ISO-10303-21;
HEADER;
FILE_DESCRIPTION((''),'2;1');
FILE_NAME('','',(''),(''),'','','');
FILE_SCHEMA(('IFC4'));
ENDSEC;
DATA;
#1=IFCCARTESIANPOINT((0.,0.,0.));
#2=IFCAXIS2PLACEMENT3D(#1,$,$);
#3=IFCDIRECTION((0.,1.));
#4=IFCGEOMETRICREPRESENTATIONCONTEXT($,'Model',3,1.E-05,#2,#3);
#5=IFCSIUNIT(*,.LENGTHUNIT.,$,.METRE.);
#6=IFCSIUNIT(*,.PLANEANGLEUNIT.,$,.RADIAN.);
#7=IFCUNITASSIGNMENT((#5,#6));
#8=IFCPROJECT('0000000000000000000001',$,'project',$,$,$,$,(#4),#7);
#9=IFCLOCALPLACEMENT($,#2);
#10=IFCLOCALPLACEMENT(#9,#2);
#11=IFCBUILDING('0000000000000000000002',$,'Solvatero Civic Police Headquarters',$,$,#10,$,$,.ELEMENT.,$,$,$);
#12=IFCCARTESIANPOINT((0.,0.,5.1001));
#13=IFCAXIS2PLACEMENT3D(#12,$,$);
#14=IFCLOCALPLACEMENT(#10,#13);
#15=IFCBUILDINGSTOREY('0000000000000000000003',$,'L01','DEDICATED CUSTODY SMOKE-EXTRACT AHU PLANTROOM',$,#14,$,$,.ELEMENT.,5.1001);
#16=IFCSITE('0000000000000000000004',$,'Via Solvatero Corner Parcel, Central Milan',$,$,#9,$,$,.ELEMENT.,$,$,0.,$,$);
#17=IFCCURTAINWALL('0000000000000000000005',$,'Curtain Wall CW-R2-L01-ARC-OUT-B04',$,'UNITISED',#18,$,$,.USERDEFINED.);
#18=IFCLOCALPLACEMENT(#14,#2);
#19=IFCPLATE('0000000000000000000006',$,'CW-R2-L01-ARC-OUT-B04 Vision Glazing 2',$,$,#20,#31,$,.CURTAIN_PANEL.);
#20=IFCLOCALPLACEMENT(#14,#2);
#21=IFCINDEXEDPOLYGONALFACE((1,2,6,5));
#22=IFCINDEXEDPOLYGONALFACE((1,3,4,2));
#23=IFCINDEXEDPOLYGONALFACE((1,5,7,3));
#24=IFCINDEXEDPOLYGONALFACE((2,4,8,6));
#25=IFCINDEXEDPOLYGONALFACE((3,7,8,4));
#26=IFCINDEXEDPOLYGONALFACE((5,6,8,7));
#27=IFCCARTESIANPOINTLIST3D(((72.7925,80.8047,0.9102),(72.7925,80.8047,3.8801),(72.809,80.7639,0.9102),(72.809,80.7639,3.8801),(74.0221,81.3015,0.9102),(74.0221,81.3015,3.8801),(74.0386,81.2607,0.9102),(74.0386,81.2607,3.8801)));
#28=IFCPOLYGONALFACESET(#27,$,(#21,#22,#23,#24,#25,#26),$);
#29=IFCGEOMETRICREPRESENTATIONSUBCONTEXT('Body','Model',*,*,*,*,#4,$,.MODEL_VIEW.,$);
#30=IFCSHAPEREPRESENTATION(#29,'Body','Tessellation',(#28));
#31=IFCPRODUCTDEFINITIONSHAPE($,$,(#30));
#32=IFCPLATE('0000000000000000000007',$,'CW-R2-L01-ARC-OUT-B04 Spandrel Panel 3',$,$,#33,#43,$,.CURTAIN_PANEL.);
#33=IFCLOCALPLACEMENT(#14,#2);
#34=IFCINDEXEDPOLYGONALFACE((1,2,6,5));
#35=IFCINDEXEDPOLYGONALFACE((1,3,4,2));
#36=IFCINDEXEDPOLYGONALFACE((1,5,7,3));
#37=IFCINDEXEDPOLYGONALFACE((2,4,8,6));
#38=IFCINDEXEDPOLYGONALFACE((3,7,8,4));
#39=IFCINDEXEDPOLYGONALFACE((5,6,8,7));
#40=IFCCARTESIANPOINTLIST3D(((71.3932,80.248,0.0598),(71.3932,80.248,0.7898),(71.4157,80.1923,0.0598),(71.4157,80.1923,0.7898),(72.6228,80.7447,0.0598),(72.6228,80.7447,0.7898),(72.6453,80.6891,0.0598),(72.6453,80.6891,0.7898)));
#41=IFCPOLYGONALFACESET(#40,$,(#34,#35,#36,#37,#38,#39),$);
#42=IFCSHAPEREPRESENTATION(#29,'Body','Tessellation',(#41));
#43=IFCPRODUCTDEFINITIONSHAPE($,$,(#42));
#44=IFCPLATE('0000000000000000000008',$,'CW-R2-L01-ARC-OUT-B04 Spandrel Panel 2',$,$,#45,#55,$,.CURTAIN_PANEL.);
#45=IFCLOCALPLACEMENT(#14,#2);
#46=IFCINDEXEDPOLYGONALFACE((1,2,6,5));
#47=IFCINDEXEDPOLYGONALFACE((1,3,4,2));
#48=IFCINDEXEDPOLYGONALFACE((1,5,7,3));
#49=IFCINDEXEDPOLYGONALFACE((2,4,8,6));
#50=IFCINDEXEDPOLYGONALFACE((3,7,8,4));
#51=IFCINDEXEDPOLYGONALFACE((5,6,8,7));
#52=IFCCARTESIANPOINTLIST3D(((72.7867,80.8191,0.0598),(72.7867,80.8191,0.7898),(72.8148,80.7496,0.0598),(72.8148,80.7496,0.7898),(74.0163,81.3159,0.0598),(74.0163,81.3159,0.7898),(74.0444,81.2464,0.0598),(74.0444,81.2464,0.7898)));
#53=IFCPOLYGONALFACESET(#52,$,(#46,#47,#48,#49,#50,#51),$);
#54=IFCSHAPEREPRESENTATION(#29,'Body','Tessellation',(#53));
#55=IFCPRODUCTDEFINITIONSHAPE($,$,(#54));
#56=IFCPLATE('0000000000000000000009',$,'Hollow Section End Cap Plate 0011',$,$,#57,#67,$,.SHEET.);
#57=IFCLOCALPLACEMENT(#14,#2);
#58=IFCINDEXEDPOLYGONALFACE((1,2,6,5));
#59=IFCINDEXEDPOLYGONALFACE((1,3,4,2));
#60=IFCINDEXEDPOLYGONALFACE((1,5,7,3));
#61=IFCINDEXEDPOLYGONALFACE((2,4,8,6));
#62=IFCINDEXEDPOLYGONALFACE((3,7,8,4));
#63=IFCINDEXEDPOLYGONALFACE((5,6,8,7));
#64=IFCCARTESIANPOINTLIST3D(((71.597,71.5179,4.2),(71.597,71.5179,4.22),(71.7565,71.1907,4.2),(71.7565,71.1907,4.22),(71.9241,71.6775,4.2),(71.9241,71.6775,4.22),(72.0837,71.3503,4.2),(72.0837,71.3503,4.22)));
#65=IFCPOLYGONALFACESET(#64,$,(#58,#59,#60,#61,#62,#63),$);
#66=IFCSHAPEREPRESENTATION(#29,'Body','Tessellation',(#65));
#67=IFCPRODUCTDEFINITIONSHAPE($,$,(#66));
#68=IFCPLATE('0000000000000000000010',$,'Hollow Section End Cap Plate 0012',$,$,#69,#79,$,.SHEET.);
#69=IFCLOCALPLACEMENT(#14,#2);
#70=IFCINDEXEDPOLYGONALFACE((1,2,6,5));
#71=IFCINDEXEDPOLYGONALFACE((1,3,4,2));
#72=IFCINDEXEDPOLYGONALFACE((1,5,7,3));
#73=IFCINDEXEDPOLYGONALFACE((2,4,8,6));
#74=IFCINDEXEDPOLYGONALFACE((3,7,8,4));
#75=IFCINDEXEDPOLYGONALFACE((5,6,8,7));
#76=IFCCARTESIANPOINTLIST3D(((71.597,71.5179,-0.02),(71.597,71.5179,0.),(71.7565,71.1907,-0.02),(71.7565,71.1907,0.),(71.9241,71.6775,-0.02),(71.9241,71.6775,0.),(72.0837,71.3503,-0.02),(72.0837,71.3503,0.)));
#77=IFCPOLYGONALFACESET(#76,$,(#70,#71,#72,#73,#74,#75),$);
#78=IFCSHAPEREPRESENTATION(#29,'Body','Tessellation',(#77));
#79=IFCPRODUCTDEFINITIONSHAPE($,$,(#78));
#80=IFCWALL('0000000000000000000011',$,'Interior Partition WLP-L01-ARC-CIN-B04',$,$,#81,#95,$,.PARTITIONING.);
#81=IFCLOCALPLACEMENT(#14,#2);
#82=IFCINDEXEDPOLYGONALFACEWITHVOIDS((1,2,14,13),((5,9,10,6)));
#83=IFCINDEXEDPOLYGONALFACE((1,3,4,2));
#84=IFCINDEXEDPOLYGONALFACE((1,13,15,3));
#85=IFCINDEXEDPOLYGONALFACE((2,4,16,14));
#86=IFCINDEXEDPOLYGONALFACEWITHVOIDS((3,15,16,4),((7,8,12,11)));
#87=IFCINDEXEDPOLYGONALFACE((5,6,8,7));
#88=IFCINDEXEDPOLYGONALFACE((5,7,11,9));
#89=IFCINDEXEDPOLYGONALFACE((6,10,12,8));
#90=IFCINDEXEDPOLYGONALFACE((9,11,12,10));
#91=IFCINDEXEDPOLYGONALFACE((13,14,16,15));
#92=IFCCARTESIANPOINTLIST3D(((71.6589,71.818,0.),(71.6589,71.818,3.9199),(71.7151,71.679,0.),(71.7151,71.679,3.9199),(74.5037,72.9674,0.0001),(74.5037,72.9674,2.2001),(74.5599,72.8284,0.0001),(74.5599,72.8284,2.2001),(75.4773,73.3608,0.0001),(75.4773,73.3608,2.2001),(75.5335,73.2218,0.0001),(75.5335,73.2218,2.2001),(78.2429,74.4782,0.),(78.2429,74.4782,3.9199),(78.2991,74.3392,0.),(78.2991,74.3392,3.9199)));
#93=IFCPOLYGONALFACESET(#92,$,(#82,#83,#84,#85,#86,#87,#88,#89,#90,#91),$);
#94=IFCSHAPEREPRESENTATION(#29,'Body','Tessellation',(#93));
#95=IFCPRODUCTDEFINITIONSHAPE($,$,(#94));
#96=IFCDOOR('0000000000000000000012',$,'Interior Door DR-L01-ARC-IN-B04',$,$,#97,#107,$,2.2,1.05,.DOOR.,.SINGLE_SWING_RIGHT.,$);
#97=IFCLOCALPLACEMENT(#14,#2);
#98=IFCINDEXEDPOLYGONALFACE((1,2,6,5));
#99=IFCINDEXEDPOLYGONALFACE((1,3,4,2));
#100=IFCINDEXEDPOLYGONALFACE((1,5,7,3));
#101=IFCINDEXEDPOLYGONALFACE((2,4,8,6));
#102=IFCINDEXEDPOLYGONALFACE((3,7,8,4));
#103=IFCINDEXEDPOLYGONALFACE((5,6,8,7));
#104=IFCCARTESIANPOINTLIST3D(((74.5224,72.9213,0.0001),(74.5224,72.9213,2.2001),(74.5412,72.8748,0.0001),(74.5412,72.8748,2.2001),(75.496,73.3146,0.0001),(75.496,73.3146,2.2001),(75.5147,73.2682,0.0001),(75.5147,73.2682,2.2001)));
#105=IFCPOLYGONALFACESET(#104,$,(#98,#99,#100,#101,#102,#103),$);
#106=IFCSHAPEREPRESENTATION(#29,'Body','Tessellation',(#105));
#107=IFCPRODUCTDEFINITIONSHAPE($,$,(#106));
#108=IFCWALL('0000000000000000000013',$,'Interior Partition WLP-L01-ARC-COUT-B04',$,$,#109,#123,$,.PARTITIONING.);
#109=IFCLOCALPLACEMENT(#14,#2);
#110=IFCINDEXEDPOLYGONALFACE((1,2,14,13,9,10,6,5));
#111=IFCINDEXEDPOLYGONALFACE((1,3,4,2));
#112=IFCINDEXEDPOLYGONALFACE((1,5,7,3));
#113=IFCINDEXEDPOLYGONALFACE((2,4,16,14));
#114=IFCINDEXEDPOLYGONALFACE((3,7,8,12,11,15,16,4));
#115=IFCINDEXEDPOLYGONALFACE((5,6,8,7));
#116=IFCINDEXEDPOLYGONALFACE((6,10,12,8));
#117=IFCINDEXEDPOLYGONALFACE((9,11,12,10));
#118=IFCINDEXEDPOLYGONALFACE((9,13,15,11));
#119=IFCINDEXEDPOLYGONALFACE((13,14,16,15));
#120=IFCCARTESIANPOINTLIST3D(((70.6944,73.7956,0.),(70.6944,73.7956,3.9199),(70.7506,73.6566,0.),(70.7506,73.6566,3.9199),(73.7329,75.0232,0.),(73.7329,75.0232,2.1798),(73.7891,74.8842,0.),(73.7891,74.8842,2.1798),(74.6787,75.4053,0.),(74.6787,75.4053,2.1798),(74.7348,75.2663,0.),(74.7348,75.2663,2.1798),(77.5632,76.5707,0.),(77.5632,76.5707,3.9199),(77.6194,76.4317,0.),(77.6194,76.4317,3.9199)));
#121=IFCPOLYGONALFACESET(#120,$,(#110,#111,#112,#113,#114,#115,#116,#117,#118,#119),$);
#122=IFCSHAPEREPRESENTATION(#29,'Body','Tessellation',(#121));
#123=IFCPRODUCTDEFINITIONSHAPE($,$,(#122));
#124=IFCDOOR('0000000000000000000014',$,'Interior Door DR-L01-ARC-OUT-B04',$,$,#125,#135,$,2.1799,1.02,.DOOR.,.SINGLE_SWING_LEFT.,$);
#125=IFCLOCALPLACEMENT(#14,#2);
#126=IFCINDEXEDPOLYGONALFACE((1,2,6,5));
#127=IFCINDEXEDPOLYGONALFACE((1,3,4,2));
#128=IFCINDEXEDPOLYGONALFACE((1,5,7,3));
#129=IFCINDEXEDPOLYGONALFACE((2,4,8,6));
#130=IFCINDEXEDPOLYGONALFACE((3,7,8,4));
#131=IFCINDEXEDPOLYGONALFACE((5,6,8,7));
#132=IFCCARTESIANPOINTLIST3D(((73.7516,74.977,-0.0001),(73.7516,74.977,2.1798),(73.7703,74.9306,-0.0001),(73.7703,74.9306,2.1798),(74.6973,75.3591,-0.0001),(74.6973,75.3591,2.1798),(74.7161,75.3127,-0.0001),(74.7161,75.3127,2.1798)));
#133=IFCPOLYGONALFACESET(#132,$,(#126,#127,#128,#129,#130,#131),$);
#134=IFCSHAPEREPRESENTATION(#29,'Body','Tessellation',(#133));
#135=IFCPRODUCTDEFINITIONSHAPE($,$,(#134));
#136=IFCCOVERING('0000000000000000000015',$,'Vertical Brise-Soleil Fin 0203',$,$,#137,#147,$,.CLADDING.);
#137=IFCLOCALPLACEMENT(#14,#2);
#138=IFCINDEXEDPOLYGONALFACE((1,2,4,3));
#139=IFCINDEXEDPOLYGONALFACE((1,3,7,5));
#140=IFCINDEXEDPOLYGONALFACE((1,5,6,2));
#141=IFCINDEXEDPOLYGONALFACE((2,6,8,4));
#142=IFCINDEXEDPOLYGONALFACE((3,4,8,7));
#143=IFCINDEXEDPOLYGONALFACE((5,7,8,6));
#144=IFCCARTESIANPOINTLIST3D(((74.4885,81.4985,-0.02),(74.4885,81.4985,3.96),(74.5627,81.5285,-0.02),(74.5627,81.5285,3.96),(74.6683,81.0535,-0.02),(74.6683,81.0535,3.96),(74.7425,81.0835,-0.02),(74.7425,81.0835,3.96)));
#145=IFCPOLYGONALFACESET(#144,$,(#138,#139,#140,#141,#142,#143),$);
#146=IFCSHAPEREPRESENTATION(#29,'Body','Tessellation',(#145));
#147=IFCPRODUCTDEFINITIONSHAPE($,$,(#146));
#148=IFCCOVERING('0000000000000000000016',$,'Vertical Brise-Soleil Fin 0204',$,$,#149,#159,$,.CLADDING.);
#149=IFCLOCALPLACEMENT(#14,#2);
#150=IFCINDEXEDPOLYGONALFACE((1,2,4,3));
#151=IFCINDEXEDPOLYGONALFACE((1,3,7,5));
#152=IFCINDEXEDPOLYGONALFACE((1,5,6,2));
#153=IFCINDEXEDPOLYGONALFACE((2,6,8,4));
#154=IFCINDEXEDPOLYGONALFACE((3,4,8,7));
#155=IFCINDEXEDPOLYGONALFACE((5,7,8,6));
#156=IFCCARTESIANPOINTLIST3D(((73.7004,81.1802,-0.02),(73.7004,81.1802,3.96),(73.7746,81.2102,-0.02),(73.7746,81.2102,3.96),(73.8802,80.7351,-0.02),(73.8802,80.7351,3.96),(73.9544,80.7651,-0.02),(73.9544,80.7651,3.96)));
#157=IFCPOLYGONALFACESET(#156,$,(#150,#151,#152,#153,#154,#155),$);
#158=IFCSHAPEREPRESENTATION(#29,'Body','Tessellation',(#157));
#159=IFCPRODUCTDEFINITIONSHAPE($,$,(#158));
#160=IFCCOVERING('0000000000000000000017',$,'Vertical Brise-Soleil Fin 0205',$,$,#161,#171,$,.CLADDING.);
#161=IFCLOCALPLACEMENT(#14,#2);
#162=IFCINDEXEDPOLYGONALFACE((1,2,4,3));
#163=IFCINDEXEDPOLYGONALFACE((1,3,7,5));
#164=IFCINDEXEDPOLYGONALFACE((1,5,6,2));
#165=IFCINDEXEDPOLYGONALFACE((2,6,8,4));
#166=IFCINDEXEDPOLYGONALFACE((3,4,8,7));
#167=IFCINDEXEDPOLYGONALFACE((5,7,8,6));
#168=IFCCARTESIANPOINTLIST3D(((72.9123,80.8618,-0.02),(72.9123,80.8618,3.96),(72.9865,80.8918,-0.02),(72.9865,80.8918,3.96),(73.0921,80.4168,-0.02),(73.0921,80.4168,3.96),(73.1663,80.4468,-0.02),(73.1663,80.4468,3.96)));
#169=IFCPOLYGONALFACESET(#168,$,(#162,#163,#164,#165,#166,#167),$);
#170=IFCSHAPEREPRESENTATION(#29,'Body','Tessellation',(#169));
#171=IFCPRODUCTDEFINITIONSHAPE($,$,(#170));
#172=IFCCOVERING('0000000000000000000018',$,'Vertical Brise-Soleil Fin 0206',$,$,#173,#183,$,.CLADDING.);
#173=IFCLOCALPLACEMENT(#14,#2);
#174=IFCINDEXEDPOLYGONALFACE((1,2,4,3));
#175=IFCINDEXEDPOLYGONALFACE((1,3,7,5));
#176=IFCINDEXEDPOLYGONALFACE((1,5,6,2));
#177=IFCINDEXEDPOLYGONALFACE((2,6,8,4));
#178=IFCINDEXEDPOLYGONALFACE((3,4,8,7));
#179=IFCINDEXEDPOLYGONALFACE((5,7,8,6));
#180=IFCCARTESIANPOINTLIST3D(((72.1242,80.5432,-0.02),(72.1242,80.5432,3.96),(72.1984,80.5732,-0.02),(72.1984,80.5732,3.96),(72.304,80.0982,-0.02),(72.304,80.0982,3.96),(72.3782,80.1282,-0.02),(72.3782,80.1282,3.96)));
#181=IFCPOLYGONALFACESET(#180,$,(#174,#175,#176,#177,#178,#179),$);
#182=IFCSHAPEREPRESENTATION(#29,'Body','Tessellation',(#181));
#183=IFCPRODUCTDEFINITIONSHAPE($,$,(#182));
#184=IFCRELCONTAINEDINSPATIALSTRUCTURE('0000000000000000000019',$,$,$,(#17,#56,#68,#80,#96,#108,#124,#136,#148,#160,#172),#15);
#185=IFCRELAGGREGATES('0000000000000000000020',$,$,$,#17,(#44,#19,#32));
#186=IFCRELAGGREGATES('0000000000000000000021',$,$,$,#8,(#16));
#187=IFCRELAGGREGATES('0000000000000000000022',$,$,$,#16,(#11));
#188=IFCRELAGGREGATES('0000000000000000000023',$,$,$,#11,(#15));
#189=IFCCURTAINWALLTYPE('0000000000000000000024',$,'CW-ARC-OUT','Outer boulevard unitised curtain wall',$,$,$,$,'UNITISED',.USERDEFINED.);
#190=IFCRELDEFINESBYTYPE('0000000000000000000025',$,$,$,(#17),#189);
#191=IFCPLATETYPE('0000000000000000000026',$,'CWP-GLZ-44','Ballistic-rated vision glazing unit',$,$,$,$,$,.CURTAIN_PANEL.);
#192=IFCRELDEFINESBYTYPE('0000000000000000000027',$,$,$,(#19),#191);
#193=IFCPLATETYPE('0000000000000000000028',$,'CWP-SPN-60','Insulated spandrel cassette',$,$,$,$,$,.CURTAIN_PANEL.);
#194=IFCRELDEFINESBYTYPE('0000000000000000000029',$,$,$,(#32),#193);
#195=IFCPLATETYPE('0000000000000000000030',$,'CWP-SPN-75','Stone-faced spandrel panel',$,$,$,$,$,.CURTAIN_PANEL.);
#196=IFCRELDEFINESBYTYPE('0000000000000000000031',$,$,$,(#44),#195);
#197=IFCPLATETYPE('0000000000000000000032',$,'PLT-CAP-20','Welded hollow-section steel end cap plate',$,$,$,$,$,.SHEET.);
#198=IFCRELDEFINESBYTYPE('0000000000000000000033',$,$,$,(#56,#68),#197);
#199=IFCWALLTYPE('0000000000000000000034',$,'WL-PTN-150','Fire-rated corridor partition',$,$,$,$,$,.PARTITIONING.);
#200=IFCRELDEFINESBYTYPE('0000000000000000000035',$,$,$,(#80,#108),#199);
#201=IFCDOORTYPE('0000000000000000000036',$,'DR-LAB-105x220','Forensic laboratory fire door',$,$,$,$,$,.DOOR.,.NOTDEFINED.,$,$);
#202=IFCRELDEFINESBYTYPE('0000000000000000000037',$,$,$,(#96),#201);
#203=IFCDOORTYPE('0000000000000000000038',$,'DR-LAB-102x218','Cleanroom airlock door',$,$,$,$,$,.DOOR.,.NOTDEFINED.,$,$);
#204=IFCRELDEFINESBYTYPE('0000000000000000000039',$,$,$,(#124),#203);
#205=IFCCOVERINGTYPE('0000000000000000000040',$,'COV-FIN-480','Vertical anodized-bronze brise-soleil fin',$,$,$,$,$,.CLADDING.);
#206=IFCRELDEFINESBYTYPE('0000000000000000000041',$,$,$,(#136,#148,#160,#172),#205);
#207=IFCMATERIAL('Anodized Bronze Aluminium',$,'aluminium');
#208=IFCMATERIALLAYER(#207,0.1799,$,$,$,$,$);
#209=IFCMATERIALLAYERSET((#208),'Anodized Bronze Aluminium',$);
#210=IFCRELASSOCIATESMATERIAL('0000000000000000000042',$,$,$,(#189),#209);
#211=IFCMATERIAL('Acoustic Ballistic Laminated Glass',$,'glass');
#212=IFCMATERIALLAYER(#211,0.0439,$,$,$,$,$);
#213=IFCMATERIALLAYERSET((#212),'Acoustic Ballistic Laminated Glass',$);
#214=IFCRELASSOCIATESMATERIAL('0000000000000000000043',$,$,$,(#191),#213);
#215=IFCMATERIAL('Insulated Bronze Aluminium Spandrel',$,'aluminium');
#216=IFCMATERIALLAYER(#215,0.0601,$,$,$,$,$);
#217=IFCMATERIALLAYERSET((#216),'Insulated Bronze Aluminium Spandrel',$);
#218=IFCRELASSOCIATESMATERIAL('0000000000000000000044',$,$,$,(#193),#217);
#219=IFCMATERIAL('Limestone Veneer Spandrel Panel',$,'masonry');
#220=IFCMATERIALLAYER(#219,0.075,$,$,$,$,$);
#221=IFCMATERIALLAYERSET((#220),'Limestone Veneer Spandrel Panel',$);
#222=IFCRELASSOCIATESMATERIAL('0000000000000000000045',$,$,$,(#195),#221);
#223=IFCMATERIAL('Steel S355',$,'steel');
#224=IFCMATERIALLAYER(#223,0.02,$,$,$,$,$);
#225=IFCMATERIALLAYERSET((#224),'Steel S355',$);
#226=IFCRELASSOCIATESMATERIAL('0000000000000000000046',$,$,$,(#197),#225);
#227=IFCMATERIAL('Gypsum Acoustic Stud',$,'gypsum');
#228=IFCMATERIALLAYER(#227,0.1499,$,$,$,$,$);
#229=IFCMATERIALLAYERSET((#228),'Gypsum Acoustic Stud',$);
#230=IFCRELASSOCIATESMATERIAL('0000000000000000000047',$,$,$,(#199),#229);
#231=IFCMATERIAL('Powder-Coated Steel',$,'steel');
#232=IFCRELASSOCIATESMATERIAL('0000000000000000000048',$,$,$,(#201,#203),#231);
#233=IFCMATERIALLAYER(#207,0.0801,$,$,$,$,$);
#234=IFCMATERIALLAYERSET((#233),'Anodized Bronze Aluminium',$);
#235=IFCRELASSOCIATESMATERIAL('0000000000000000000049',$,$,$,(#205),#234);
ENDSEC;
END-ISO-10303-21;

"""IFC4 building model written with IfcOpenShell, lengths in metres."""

from ifc_helpers import new_model, si_unit, direction, frame, frame_2d, origin, origin_2d, place, context, subcontext, project, spatial, rectangle, extrude, material, layer, layer_set, type_object, element, fill, aggregate, save


model = new_model("IFC4")

# Units and contexts
model_context = context("Model", 3, precision=1e-05, world=origin(), true_north=direction((0.0, 1.0)))
body_context = subcontext(model_context, "Body", "Model", "MODEL_VIEW")
ifc_project = project(units=[si_unit("LENGTHUNIT", "METRE"), si_unit("PLANEANGLEUNIT", "RADIAN")], contexts=[model_context])

# Site, building, storey
site_placement = place(None, origin())
site = spatial("IfcSite", under=ifc_project, at=site_placement, Name="Via Solvatero Corner Parcel, Central Milan", CompositionType="ELEMENT", RefElevation=0.0)
building_placement = place(site_placement, origin())
building = spatial("IfcBuilding", under=site, at=building_placement, Name="Solvatero Civic Police Headquarters", CompositionType="ELEMENT")
storey_placement = place(building_placement, frame((0.0, 0.0, 5.1001)))
storey = spatial("IfcBuildingStorey", under=building, at=storey_placement, Name="L01", Description="DEDICATED CUSTODY SMOKE-EXTRACT AHU PLANTROOM", CompositionType="ELEMENT", Elevation=5.1001)

# Shared definitions
ifc_material_1 = material(Name="Steel S355", Category="steel")

# Curtain wall, plates
ifc_material_2 = material(Name="Anodized Bronze Aluminium", Category="aluminium")
ifc_layer_1 = layer(ifc_material_2, 0.1799)
ifc_layer_set_1 = layer_set([ifc_layer_1], Name="Anodized Bronze Aluminium")
curtain_wall_type = type_object("IfcCurtainWallType", Name="CW-ARC-OUT", Description="Outer boulevard unitised curtain wall", ElementType="UNITISED", PredefinedType="USERDEFINED", material=ifc_layer_set_1)
curtain_wall_placement = place(storey_placement, origin())
curtain_wall = element("IfcCurtainWall", 1, at=curtain_wall_placement, inside=storey, type_object=curtain_wall_type, Name="Curtain Wall CW-R2-L01-ARC-OUT-B04", ObjectType="UNITISED", PredefinedType="USERDEFINED")
ifc_material_3 = material(Name="Acoustic Ballistic Laminated Glass", Category="glass")
ifc_layer_2 = layer(ifc_material_3, 0.0439)
ifc_layer_set_2 = layer_set([ifc_layer_2], Name="Acoustic Ballistic Laminated Glass")
plate_type_1 = type_object("IfcPlateType", Name="CWP-GLZ-44", Description="Ballistic-rated vision glazing unit", PredefinedType="CURTAIN_PANEL", material=ifc_layer_set_2)
plate_1_placement = place(storey_placement, frame((73.4155, 81.0327, 0.9102), z_axis=(0.0, 0.0, 1.0), x_axis=(-0.927184, -0.374607, 0.0)))
plate_1 = element("IfcPlate", 2, at=plate_1_placement, type_object=plate_type_1, Name="CW-R2-L01-ARC-OUT-B04 Vision Glazing 2", PredefinedType="CURTAIN_PANEL", context=body_context, shape_type="SweptSolid", body=[
    extrude(rectangle(XDim=1.3262, YDim=0.0439, at=origin_2d()), origin(), (0.0, 0.0, 1.0), 2.97),
])
ifc_material_4 = material(Name="Insulated Bronze Aluminium Spandrel", Category="aluminium")
ifc_layer_3 = layer(ifc_material_4, 0.0601)
ifc_layer_set_3 = layer_set([ifc_layer_3], Name="Insulated Bronze Aluminium Spandrel")
plate_type_2 = type_object("IfcPlateType", Name="CWP-SPN-60", Description="Insulated spandrel cassette", PredefinedType="CURTAIN_PANEL", material=ifc_layer_set_3)
plate_2_placement = place(storey_placement, frame((72.0193, 80.4685, 0.0598), z_axis=(0.0, 0.0, 1.0), x_axis=(-0.927184, -0.374607, 0.0)))
plate_2 = element("IfcPlate", 3, at=plate_2_placement, type_object=plate_type_2, Name="CW-R2-L01-ARC-OUT-B04 Spandrel Panel 3", PredefinedType="CURTAIN_PANEL", context=body_context, shape_type="SweptSolid", body=[
    extrude(rectangle(XDim=1.3262, YDim=0.0601, at=origin_2d()), origin(), (0.0, 0.0, 1.0), 0.73),
])
ifc_material_5 = material(Name="Limestone Veneer Spandrel Panel", Category="masonry")
ifc_layer_4 = layer(ifc_material_5, 0.075)
ifc_layer_set_4 = layer_set([ifc_layer_4], Name="Limestone Veneer Spandrel Panel")
plate_type_3 = type_object("IfcPlateType", Name="CWP-SPN-75", Description="Stone-faced spandrel panel", PredefinedType="CURTAIN_PANEL", material=ifc_layer_set_4)
plate_3_placement = place(storey_placement, frame((73.4155, 81.0327, 0.0598), z_axis=(0.0, 0.0, 1.0), x_axis=(-0.927184, -0.374607, 0.0)))
plate_3 = element("IfcPlate", 4, at=plate_3_placement, type_object=plate_type_3, Name="CW-R2-L01-ARC-OUT-B04 Spandrel Panel 2", PredefinedType="CURTAIN_PANEL", context=body_context, shape_type="SweptSolid", body=[
    extrude(rectangle(XDim=1.3262, YDim=0.075, at=origin_2d()), origin(), (0.0, 0.0, 1.0), 0.73),
])
aggregate(curtain_wall, [plate_3, plate_1, plate_2])

# Plates
ifc_layer_5 = layer(ifc_material_1, 0.02)
ifc_layer_set_5 = layer_set([ifc_layer_5], Name="Steel S355")
plate_type_4 = type_object("IfcPlateType", Name="PLT-CAP-20", Description="Welded hollow-section steel end cap plate", PredefinedType="SHEET", material=ifc_layer_set_5)
for number, where, z_axis, x_axis, name in (
    (5, (71.8403, 71.4341, 4.2), (0.0, 0.0, 1.0), (0.898794, 0.438371, 0.0), "Hollow Section End Cap Plate 0011"),
    (6, (71.8403, 71.4341, -0.02), (0.0, 0.0, 1.0), (0.898794, 0.438371, 0.0), "Hollow Section End Cap Plate 0012"),
):
    element("IfcPlate", number, at=place(storey_placement, frame(where, z_axis=z_axis, x_axis=x_axis)), inside=storey, type_object=plate_type_4, Name=name, PredefinedType="SHEET", context=body_context, shape_type="SweptSolid", body=[
        extrude(rectangle(XDim=0.364, YDim=0.364, at=origin_2d()), origin(), (0.0, 0.0, 1.0), 0.02),
    ])

# Walls, openings, doors
ifc_material_6 = material(Name="Gypsum Acoustic Stud", Category="gypsum")
ifc_layer_6 = layer(ifc_material_6, 0.1499)
ifc_layer_set_6 = layer_set([ifc_layer_6], Name="Gypsum Acoustic Stud")
wall_type = type_object("IfcWallType", Name="WL-PTN-150", Description="Fire-rated corridor partition", PredefinedType="PARTITIONING", material=ifc_layer_set_6)
wall_1_placement = place(storey_placement, frame((78.271, 74.4087, 0.0), z_axis=(0.0, 0.0, 1.0), x_axis=(-0.927181, -0.374613, 0.0)))
wall_1 = element("IfcWall", 7, at=wall_1_placement, inside=storey, type_object=wall_type, Name="Interior Partition WLP-L01-ARC-CIN-B04", PredefinedType="PARTITIONING", context=body_context, shape_type="SweptSolid", body=[
    extrude(rectangle(XDim=7.1011, YDim=0.1499, at=frame_2d((3.5505, 0.0))), origin(), (0.0, 0.0, 1.0), 3.9199),
])
opening_1_placement = place(wall_1_placement, frame((2.9829, 0.0, 0.0)))
opening_1 = element("IfcOpeningElement", 8, at=opening_1_placement, cuts=wall_1, PredefinedType="OPENING", context=body_context, shape_type="SweptSolid", body=[
    extrude(rectangle(XDim=1.05, YDim=2.2, at=frame_2d((0.5249, 1.1001))), frame((0.0, 0.085, 0.0), z_axis=(0.0, -1.0, 0.0), x_axis=(1.0, 0.0, 0.0)), (0.0, 0.0, 1.0), 0.1699),
])
ifc_material_7 = material(Name="Powder-Coated Steel", Category="steel")
door_type_1 = type_object("IfcDoorType", Name="DR-LAB-105x220", Description="Forensic laboratory fire door", OperationType="NOTDEFINED", PredefinedType="DOOR", material=ifc_material_7)
door_1_placement = place(opening_1_placement, origin())
door_1 = element("IfcDoor", 9, at=door_1_placement, inside=storey, type_object=door_type_1, Name="Interior Door DR-L01-ARC-IN-B04", OperationType="SINGLE_SWING_RIGHT", OverallHeight=2.2, OverallWidth=1.05, PredefinedType="DOOR", context=body_context, shape_type="SweptSolid", body=[
    extrude(rectangle(XDim=1.05, YDim=2.2, at=frame_2d((0.5249, 1.1001))), frame((0.0, 0.0249, 0.0), z_axis=(0.0, -1.0, 0.0), x_axis=(1.0, 0.0, 0.0)), (0.0, 0.0, 1.0), 0.05),
])
fill(opening_1, door_1)
wall_2_placement = place(storey_placement, frame((77.5913, 76.5012, 0.0), z_axis=(0.0, 0.0, 1.0), x_axis=(-0.927187, -0.374599, 0.0)))
wall_2 = element("IfcWall", 10, at=wall_2_placement, inside=storey, type_object=wall_type, Name="Interior Partition WLP-L01-ARC-COUT-B04", PredefinedType="PARTITIONING", context=body_context, shape_type="SweptSolid", body=[
    extrude(rectangle(XDim=7.4082, YDim=0.1499, at=frame_2d((3.7041, 0.0))), origin(), (0.0, 0.0, 1.0), 3.9199),
])
opening_2_placement = place(wall_2_placement, frame((3.1111, 0.0, 0.0)))
opening_2 = element("IfcOpeningElement", 11, at=opening_2_placement, cuts=wall_2, PredefinedType="OPENING", context=body_context, shape_type="SweptSolid", body=[
    extrude(rectangle(XDim=1.02, YDim=2.1799, at=frame_2d((0.51, 1.0898))), frame((0.0, 0.085, 0.0), z_axis=(0.0, -1.0, 0.0), x_axis=(1.0, 0.0, 0.0)), (0.0, 0.0, 1.0), 0.1699),
])
door_type_2 = type_object("IfcDoorType", Name="DR-LAB-102x218", Description="Cleanroom airlock door", OperationType="NOTDEFINED", PredefinedType="DOOR", material=ifc_material_7)
door_2_placement = place(opening_2_placement, origin())
door_2 = element("IfcDoor", 12, at=door_2_placement, inside=storey, type_object=door_type_2, Name="Interior Door DR-L01-ARC-OUT-B04", OperationType="SINGLE_SWING_LEFT", OverallHeight=2.1799, OverallWidth=1.02, PredefinedType="DOOR", context=body_context, shape_type="SweptSolid", body=[
    extrude(rectangle(XDim=1.02, YDim=2.1799, at=frame_2d((0.51, 1.0898))), frame((0.0, 0.0249, 0.0), z_axis=(0.0, -1.0, 0.0), x_axis=(1.0, 0.0, 0.0)), (0.0, 0.0, 1.0), 0.05),
])
fill(opening_2, door_2)

# Coverings
ifc_layer_7 = layer(ifc_material_2, 0.0801)
ifc_layer_set_7 = layer_set([ifc_layer_7], Name="Anodized Bronze Aluminium")
covering_type = type_object("IfcCoveringType", Name="COV-FIN-480", Description="Vertical anodized-bronze brise-soleil fin", PredefinedType="CLADDING", material=ifc_layer_set_7)
for number, where, z_axis, x_axis, name in (
    (13, (74.6155, 81.291, -0.02), (0.0, 0.0, 1.0), (-0.927184, -0.374607, 0.0), "Vertical Brise-Soleil Fin 0203"),
    (14, (73.8274, 80.9727, -0.02), (0.0, 0.0, 1.0), (-0.927184, -0.374607, 0.0), "Vertical Brise-Soleil Fin 0204"),
    (15, (73.0393, 80.6543, -0.02), (0.0, 0.0, 1.0), (-0.927184, -0.374607, 0.0), "Vertical Brise-Soleil Fin 0205"),
    (16, (72.2512, 80.3357, -0.02), (0.0, 0.0, 1.0), (-0.927184, -0.374607, 0.0), "Vertical Brise-Soleil Fin 0206"),
):
    element("IfcCovering", number, at=place(storey_placement, frame(where, z_axis=z_axis, x_axis=x_axis)), inside=storey, type_object=covering_type, Name=name, PredefinedType="CLADDING", context=body_context, shape_type="SweptSolid", body=[
        extrude(rectangle(XDim=0.0801, YDim=0.48, at=origin_2d()), origin(), (0.0, 0.0, 1.0), 3.98),
    ])

save(model, "model.ifc")
